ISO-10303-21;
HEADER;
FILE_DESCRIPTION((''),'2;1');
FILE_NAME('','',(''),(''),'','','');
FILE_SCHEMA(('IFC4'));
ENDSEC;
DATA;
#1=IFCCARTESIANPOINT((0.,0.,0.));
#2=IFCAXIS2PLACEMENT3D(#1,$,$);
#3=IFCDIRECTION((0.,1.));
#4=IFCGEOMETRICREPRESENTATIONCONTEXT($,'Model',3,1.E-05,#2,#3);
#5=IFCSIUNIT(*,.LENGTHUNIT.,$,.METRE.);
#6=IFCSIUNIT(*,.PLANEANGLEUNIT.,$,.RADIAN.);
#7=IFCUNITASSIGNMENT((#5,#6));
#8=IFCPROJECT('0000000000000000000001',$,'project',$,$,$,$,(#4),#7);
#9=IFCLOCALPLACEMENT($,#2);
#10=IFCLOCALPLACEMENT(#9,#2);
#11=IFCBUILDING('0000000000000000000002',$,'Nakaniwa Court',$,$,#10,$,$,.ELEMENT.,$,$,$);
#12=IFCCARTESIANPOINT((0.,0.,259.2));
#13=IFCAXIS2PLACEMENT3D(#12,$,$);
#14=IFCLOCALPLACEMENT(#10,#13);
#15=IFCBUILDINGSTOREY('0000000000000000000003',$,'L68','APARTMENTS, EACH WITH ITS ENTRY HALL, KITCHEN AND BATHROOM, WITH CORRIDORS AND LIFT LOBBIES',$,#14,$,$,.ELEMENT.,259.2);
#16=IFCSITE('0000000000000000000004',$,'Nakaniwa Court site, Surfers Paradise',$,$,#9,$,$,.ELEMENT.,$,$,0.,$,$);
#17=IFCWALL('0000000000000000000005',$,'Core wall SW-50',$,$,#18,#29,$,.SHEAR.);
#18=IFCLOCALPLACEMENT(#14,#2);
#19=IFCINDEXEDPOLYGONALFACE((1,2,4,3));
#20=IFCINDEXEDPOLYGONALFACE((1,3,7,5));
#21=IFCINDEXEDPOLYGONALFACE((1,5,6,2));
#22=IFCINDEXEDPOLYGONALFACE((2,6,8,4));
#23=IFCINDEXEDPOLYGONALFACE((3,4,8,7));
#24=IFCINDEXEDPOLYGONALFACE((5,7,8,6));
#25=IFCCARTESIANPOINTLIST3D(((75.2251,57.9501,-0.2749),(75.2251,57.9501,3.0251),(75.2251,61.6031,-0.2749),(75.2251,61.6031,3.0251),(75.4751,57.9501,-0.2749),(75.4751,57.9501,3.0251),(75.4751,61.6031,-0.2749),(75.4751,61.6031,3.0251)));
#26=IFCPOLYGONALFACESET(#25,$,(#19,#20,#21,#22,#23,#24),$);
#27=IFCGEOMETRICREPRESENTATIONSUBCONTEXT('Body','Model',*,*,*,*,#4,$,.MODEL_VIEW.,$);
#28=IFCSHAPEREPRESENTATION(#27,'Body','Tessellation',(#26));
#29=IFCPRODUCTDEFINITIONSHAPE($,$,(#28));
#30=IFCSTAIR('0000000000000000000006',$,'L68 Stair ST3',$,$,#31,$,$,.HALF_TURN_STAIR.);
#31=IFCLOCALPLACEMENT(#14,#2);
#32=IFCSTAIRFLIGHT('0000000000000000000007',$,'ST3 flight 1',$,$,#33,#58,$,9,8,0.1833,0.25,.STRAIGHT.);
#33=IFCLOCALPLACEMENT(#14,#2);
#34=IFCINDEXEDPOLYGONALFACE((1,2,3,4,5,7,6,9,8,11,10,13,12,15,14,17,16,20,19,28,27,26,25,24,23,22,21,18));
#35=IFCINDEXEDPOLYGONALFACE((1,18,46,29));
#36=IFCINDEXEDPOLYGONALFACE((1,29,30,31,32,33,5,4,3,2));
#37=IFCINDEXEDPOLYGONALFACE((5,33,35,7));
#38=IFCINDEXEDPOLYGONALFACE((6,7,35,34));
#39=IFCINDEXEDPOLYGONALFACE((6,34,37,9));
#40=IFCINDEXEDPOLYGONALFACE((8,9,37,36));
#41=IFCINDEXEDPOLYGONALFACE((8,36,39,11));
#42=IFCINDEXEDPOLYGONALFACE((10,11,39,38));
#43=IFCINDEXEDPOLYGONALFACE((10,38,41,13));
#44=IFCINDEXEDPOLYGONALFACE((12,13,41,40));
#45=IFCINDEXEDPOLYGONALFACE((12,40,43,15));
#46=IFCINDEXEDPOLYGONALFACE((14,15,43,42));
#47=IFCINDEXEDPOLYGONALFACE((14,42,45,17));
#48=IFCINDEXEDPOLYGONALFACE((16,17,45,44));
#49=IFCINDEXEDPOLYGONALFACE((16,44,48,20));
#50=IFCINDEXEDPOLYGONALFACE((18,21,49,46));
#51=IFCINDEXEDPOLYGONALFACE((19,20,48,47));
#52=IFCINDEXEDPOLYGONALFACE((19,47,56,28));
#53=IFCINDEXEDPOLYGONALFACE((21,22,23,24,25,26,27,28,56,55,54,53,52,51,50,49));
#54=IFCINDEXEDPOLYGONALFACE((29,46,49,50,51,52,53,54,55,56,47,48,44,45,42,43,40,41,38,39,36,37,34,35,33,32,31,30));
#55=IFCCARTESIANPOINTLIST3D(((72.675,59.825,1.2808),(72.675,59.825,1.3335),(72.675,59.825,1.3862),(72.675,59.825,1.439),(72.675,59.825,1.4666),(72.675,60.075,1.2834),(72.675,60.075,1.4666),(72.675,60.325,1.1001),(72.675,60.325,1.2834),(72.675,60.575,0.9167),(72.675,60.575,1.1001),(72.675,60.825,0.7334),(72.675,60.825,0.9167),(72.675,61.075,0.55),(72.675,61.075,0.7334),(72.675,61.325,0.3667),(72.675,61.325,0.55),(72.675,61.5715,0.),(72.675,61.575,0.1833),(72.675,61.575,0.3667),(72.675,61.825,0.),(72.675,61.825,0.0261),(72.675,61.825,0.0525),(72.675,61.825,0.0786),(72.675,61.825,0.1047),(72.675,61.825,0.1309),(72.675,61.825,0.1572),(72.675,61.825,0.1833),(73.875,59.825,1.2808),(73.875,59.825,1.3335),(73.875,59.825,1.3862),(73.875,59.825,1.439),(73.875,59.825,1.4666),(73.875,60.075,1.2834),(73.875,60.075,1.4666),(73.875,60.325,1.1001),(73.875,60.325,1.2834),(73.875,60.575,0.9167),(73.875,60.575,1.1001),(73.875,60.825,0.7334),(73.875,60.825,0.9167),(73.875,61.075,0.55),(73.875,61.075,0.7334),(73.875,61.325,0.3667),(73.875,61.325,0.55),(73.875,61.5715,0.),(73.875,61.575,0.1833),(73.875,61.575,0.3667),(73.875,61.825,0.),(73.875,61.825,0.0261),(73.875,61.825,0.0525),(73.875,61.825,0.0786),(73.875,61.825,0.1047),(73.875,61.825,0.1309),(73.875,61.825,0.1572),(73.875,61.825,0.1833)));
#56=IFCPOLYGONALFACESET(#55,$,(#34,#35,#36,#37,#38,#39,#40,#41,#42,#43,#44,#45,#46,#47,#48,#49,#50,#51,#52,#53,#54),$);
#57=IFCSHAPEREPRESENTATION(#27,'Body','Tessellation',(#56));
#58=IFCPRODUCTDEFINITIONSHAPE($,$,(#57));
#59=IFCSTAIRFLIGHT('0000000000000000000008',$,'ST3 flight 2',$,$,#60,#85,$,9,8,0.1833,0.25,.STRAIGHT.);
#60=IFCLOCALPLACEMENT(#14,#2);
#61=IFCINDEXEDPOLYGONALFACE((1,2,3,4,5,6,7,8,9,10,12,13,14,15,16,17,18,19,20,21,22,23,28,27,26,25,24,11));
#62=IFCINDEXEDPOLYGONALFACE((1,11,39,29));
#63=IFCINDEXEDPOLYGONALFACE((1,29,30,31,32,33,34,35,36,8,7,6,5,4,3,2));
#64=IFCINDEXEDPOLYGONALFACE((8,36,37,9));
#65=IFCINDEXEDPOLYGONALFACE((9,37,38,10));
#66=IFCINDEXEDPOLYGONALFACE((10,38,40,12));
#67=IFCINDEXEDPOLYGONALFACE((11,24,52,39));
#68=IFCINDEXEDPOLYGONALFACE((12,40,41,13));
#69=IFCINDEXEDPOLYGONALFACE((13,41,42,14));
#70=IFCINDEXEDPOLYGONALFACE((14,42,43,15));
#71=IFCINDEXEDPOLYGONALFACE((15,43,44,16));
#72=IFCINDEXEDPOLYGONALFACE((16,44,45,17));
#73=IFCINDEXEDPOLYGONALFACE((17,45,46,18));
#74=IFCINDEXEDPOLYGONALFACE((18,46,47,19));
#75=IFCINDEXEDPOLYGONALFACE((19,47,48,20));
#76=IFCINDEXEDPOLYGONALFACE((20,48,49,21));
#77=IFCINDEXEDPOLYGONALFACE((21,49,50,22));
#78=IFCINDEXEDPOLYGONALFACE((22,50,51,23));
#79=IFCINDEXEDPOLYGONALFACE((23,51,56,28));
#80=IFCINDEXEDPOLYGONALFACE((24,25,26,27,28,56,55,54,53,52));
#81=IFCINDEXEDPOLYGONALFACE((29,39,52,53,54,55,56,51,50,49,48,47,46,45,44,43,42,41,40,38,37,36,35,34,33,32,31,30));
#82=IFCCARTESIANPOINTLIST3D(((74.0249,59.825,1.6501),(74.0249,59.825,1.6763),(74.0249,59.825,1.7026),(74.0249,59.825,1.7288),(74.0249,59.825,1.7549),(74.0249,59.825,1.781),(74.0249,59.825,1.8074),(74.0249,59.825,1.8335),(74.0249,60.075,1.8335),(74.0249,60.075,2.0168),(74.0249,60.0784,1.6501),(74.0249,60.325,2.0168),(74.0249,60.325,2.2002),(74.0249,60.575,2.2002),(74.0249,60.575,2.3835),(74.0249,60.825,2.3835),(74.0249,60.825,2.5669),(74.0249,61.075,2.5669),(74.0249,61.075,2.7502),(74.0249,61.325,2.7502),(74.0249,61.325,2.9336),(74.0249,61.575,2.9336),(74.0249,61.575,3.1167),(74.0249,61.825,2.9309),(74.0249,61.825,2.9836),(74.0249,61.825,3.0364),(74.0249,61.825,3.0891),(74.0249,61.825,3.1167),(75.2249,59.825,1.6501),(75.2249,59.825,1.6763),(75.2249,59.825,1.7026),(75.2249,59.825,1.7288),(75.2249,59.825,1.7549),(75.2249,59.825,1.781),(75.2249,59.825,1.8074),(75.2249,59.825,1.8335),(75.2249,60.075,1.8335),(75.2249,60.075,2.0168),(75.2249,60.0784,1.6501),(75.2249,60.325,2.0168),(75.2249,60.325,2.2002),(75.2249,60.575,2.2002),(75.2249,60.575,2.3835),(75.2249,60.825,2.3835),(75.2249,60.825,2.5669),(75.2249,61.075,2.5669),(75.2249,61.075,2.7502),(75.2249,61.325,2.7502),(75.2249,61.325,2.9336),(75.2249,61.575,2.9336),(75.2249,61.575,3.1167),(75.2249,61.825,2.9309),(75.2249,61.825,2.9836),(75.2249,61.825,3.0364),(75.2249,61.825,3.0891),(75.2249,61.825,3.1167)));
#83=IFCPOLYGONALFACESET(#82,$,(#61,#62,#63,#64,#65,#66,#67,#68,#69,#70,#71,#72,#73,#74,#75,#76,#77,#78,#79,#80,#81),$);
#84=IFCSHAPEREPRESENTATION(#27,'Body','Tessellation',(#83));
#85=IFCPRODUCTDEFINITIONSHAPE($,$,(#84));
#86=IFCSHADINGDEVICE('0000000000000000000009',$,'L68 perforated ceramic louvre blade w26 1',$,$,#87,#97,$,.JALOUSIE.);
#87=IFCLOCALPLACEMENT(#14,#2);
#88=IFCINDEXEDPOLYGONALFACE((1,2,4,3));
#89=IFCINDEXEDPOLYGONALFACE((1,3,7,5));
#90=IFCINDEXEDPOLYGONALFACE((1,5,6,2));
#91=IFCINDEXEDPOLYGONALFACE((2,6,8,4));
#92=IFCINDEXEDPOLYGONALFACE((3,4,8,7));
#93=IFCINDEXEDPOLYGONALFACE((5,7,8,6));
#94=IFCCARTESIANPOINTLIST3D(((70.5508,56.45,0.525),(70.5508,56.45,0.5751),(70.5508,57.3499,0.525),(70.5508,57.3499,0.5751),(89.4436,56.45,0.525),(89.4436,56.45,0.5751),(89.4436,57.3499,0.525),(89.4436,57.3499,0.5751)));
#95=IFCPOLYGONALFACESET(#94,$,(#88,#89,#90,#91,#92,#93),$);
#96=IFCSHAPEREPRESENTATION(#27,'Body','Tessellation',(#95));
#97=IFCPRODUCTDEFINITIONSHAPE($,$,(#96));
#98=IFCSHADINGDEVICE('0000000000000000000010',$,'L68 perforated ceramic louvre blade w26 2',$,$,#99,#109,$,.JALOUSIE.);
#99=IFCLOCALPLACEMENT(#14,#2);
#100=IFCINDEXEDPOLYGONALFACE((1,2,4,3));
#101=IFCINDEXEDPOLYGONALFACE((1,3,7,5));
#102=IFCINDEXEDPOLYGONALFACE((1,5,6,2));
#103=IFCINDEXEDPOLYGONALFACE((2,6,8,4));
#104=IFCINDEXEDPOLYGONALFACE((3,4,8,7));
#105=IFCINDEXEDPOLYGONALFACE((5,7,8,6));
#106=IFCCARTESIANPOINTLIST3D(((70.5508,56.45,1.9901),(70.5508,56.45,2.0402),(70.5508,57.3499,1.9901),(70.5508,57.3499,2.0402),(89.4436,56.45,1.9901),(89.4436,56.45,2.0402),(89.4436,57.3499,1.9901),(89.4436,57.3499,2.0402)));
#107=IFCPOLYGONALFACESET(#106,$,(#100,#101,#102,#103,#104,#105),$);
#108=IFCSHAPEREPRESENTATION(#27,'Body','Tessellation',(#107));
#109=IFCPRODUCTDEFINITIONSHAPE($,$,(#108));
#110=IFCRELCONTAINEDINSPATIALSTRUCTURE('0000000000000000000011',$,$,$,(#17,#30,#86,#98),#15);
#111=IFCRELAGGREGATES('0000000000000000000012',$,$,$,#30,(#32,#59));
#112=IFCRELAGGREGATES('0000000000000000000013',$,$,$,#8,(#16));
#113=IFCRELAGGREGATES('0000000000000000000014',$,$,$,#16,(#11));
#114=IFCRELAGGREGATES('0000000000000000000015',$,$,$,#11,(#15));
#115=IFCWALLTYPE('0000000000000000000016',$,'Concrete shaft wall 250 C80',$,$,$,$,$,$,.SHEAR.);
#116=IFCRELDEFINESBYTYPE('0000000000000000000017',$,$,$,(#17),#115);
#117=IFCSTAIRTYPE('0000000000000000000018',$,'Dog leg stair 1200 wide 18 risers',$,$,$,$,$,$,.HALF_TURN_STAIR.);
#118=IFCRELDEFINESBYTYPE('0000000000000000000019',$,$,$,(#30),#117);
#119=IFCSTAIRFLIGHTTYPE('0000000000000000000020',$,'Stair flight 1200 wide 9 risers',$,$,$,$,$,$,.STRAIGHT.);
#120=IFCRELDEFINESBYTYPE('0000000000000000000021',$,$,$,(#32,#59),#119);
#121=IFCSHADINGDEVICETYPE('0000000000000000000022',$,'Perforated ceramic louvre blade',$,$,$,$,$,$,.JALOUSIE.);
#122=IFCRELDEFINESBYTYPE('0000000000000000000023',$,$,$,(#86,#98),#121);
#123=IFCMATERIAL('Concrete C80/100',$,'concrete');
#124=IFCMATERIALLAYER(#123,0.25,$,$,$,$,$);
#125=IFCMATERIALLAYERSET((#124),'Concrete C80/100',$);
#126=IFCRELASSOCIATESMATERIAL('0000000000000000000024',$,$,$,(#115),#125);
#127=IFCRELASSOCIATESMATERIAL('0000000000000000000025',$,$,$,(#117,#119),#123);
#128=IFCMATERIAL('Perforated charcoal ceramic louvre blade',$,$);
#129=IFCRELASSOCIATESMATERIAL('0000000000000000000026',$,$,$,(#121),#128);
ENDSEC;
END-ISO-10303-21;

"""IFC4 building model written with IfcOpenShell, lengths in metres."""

from ifc_helpers import new_model, si_unit, direction, frame, frame_2d, origin, origin_2d, place, context, subcontext, project, spatial, polyline, rectangle, outline, extrude, material, layer, layer_set, material_profile, profile_set, type_object, element, aggregate, save


model = new_model("IFC4")

# Units and contexts
model_context = context("Model", 3, precision=1e-05, world=origin(), true_north=direction((0.0, 1.0)))
body_context = subcontext(model_context, "Body", "Model", "MODEL_VIEW")
ifc_project = project(units=[si_unit("LENGTHUNIT", "METRE"), si_unit("PLANEANGLEUNIT", "RADIAN")], contexts=[model_context])

# Site, building, storey
site_placement = place(None, origin())
site = spatial("IfcSite", under=ifc_project, at=site_placement, Name="Nakaniwa Court site, Surfers Paradise", CompositionType="ELEMENT", RefElevation=0.0)
building_placement = place(site_placement, origin())
building = spatial("IfcBuilding", under=site, at=building_placement, Name="Nakaniwa Court", CompositionType="ELEMENT")
storey_placement = place(building_placement, frame((0.0, 0.0, 259.2)))
storey = spatial("IfcBuildingStorey", under=building, at=storey_placement, Name="L68", Description="APARTMENTS, EACH WITH ITS ENTRY HALL, KITCHEN AND BATHROOM, WITH CORRIDORS AND LIFT LOBBIES", CompositionType="ELEMENT", Elevation=259.2)

# Shared definitions
ifc_material_1 = material(Name="Concrete C80/100", Category="concrete")

# Wall
ifc_layer_1 = layer(ifc_material_1, 0.25)
ifc_layer_set_1 = layer_set([ifc_layer_1], Name="Concrete C80/100")
wall_type_1 = type_object("IfcWallType", Name="Concrete shaft wall 250 C80", PredefinedType="SHEAR", material=ifc_layer_set_1)
wall_1_placement = place(storey_placement, frame((75.3501, 57.95, -0.2749), z_axis=(0.0, 0.0, 1.0), x_axis=(0.0, 1.0, 0.0)))
element("IfcWall", 1, at=wall_1_placement, inside=storey, type_object=wall_type_1, Name="Core wall SW-50", PredefinedType="SHEAR", context=body_context, shape_type="SweptSolid", body=[
    extrude(rectangle(XDim=3.6531, YDim=0.25, at=frame_2d((1.8267, 0.0))), origin(), (0.0, 0.0, 1.0), 3.3),
])

# Stair, stair flights
stair_type = type_object("IfcStairType", Name="Dog leg stair 1200 wide 18 risers", PredefinedType="HALF_TURN_STAIR", material=ifc_material_1)
stair_placement = place(storey_placement, origin())
stair = element("IfcStair", 2, at=stair_placement, inside=storey, type_object=stair_type, Name="L68 Stair ST3", PredefinedType="HALF_TURN_STAIR")
stair_flight_type = type_object("IfcStairFlightType", Name="Stair flight 1200 wide 9 risers", PredefinedType="STRAIGHT", material=ifc_material_1)
stair_flight_1_placement = place(storey_placement, frame((73.2749, 61.825, 0.0), z_axis=(0.0, 0.0, 1.0), x_axis=(0.0, -1.0, 0.0)))
stair_flight_1 = element("IfcStairFlight", 3, at=stair_flight_1_placement, type_object=stair_flight_type, Name="ST3 flight 1", NumberOfRisers=9, NumberOfTreads=8, PredefinedType="STRAIGHT", RiserHeight=0.1833, TreadLength=0.25, context=body_context, shape_type="SweptSolid", body=[
    extrude(outline(polyline([(0.0, 0.0), (0.0, 0.0261), (0.0, 0.0525), (0.0, 0.0786), (0.0, 0.1047), (0.0, 0.1309), (0.0, 0.1572), (0.0, 0.1833), (0.25, 0.1833), (0.25, 0.3667), (0.5, 0.3667), (0.5, 0.55), (0.75, 0.55), (0.75, 0.7334), (1.0, 0.7334), (1.0, 0.9167), (1.25, 0.9167), (1.25, 1.1001), (1.5, 1.1001), (1.5, 1.2834), (1.75, 1.2834), (1.75, 1.4666), (2.0, 1.4666), (2.0, 1.6499), (2.0, 1.5972), (2.0, 1.5444), (2.0, 1.4917), (2.0, 1.439), (2.0, 1.3862), (2.0, 1.3335), (2.0, 1.2808), (0.2534, 0.0), (0.0, 0.0)])), frame((0.0, 0.6001, 0.0), z_axis=(0.0, -1.0, 0.0), x_axis=(1.0, 0.0, 0.0)), (0.0, 0.0, 1.0), 1.2),
])
stair_flight_2_placement = place(storey_placement, frame((74.625, 59.825, 1.6501), z_axis=(0.0, 0.0, 1.0), x_axis=(0.0, 1.0, 0.0)))
stair_flight_2 = element("IfcStairFlight", 4, at=stair_flight_2_placement, type_object=stair_flight_type, Name="ST3 flight 2", NumberOfRisers=9, NumberOfTreads=8, PredefinedType="STRAIGHT", RiserHeight=0.1833, TreadLength=0.25, context=body_context, shape_type="SweptSolid", body=[
    extrude(outline(polyline([(0.0, 0.0), (0.0, 0.0261), (0.0, 0.0525), (0.0, 0.0786), (0.0, 0.1047), (0.0, 0.1309), (0.0, 0.1572), (0.0, 0.1833), (0.25, 0.1833), (0.25, 0.3667), (0.5, 0.3667), (0.5, 0.55), (0.75, 0.55), (0.75, 0.7334), (1.0, 0.7334), (1.0, 0.9167), (1.25, 0.9167), (1.25, 1.1001), (1.5, 1.1001), (1.5, 1.2834), (1.75, 1.2834), (1.75, 1.4666), (2.0, 1.4666), (2.0, 1.6499), (2.0, 1.5972), (2.0, 1.5444), (2.0, 1.4917), (2.0, 1.439), (2.0, 1.3862), (2.0, 1.3335), (2.0, 1.2808), (0.2534, 0.0), (0.0, 0.0)])), frame((0.0, 0.6001, 0.0), z_axis=(0.0, -1.0, 0.0), x_axis=(1.0, 0.0, 0.0)), (0.0, 0.0, 1.0), 1.2),
])
aggregate(stair, [stair_flight_1, stair_flight_2])

# Shading devices
ifc_material_2 = material(Name="Perforated charcoal ceramic louvre blade")
ifc_material_profile = material_profile(ifc_material_2, rectangle(XDim=0.8999, YDim=0.05, at=origin_2d()), Name="Perforated ceramic louvre blade")
ifc_profile_set = profile_set([ifc_material_profile], Name="Perforated charcoal ceramic louvre blade")
shading_device_type = type_object("IfcShadingDeviceType", Name="Perforated ceramic louvre blade", PredefinedType="JALOUSIE", material=ifc_profile_set)
for number, where, z_axis, x_axis, name in (
    (5, (70.5508, 56.8999, 0.55), (1.0, 0.0, 0.0), (0.0, 1.0, 0.0), "L68 perforated ceramic louvre blade w26 1"),
    (6, (70.5508, 56.8999, 2.0151), (1.0, 0.0, 0.0), (0.0, 1.0, 0.0), "L68 perforated ceramic louvre blade w26 2"),
):
    element("IfcShadingDevice", number, at=place(storey_placement, frame(where, z_axis=z_axis, x_axis=x_axis)), inside=storey, type_object=shading_device_type, Name=name, PredefinedType="JALOUSIE", context=body_context, shape_type="SweptSolid", body=[
        extrude(rectangle(XDim=0.8999, YDim=0.05, at=origin_2d()), origin(), (0.0, 0.0, 1.0), 18.8928),
    ])

save(model, "model.ifc")
